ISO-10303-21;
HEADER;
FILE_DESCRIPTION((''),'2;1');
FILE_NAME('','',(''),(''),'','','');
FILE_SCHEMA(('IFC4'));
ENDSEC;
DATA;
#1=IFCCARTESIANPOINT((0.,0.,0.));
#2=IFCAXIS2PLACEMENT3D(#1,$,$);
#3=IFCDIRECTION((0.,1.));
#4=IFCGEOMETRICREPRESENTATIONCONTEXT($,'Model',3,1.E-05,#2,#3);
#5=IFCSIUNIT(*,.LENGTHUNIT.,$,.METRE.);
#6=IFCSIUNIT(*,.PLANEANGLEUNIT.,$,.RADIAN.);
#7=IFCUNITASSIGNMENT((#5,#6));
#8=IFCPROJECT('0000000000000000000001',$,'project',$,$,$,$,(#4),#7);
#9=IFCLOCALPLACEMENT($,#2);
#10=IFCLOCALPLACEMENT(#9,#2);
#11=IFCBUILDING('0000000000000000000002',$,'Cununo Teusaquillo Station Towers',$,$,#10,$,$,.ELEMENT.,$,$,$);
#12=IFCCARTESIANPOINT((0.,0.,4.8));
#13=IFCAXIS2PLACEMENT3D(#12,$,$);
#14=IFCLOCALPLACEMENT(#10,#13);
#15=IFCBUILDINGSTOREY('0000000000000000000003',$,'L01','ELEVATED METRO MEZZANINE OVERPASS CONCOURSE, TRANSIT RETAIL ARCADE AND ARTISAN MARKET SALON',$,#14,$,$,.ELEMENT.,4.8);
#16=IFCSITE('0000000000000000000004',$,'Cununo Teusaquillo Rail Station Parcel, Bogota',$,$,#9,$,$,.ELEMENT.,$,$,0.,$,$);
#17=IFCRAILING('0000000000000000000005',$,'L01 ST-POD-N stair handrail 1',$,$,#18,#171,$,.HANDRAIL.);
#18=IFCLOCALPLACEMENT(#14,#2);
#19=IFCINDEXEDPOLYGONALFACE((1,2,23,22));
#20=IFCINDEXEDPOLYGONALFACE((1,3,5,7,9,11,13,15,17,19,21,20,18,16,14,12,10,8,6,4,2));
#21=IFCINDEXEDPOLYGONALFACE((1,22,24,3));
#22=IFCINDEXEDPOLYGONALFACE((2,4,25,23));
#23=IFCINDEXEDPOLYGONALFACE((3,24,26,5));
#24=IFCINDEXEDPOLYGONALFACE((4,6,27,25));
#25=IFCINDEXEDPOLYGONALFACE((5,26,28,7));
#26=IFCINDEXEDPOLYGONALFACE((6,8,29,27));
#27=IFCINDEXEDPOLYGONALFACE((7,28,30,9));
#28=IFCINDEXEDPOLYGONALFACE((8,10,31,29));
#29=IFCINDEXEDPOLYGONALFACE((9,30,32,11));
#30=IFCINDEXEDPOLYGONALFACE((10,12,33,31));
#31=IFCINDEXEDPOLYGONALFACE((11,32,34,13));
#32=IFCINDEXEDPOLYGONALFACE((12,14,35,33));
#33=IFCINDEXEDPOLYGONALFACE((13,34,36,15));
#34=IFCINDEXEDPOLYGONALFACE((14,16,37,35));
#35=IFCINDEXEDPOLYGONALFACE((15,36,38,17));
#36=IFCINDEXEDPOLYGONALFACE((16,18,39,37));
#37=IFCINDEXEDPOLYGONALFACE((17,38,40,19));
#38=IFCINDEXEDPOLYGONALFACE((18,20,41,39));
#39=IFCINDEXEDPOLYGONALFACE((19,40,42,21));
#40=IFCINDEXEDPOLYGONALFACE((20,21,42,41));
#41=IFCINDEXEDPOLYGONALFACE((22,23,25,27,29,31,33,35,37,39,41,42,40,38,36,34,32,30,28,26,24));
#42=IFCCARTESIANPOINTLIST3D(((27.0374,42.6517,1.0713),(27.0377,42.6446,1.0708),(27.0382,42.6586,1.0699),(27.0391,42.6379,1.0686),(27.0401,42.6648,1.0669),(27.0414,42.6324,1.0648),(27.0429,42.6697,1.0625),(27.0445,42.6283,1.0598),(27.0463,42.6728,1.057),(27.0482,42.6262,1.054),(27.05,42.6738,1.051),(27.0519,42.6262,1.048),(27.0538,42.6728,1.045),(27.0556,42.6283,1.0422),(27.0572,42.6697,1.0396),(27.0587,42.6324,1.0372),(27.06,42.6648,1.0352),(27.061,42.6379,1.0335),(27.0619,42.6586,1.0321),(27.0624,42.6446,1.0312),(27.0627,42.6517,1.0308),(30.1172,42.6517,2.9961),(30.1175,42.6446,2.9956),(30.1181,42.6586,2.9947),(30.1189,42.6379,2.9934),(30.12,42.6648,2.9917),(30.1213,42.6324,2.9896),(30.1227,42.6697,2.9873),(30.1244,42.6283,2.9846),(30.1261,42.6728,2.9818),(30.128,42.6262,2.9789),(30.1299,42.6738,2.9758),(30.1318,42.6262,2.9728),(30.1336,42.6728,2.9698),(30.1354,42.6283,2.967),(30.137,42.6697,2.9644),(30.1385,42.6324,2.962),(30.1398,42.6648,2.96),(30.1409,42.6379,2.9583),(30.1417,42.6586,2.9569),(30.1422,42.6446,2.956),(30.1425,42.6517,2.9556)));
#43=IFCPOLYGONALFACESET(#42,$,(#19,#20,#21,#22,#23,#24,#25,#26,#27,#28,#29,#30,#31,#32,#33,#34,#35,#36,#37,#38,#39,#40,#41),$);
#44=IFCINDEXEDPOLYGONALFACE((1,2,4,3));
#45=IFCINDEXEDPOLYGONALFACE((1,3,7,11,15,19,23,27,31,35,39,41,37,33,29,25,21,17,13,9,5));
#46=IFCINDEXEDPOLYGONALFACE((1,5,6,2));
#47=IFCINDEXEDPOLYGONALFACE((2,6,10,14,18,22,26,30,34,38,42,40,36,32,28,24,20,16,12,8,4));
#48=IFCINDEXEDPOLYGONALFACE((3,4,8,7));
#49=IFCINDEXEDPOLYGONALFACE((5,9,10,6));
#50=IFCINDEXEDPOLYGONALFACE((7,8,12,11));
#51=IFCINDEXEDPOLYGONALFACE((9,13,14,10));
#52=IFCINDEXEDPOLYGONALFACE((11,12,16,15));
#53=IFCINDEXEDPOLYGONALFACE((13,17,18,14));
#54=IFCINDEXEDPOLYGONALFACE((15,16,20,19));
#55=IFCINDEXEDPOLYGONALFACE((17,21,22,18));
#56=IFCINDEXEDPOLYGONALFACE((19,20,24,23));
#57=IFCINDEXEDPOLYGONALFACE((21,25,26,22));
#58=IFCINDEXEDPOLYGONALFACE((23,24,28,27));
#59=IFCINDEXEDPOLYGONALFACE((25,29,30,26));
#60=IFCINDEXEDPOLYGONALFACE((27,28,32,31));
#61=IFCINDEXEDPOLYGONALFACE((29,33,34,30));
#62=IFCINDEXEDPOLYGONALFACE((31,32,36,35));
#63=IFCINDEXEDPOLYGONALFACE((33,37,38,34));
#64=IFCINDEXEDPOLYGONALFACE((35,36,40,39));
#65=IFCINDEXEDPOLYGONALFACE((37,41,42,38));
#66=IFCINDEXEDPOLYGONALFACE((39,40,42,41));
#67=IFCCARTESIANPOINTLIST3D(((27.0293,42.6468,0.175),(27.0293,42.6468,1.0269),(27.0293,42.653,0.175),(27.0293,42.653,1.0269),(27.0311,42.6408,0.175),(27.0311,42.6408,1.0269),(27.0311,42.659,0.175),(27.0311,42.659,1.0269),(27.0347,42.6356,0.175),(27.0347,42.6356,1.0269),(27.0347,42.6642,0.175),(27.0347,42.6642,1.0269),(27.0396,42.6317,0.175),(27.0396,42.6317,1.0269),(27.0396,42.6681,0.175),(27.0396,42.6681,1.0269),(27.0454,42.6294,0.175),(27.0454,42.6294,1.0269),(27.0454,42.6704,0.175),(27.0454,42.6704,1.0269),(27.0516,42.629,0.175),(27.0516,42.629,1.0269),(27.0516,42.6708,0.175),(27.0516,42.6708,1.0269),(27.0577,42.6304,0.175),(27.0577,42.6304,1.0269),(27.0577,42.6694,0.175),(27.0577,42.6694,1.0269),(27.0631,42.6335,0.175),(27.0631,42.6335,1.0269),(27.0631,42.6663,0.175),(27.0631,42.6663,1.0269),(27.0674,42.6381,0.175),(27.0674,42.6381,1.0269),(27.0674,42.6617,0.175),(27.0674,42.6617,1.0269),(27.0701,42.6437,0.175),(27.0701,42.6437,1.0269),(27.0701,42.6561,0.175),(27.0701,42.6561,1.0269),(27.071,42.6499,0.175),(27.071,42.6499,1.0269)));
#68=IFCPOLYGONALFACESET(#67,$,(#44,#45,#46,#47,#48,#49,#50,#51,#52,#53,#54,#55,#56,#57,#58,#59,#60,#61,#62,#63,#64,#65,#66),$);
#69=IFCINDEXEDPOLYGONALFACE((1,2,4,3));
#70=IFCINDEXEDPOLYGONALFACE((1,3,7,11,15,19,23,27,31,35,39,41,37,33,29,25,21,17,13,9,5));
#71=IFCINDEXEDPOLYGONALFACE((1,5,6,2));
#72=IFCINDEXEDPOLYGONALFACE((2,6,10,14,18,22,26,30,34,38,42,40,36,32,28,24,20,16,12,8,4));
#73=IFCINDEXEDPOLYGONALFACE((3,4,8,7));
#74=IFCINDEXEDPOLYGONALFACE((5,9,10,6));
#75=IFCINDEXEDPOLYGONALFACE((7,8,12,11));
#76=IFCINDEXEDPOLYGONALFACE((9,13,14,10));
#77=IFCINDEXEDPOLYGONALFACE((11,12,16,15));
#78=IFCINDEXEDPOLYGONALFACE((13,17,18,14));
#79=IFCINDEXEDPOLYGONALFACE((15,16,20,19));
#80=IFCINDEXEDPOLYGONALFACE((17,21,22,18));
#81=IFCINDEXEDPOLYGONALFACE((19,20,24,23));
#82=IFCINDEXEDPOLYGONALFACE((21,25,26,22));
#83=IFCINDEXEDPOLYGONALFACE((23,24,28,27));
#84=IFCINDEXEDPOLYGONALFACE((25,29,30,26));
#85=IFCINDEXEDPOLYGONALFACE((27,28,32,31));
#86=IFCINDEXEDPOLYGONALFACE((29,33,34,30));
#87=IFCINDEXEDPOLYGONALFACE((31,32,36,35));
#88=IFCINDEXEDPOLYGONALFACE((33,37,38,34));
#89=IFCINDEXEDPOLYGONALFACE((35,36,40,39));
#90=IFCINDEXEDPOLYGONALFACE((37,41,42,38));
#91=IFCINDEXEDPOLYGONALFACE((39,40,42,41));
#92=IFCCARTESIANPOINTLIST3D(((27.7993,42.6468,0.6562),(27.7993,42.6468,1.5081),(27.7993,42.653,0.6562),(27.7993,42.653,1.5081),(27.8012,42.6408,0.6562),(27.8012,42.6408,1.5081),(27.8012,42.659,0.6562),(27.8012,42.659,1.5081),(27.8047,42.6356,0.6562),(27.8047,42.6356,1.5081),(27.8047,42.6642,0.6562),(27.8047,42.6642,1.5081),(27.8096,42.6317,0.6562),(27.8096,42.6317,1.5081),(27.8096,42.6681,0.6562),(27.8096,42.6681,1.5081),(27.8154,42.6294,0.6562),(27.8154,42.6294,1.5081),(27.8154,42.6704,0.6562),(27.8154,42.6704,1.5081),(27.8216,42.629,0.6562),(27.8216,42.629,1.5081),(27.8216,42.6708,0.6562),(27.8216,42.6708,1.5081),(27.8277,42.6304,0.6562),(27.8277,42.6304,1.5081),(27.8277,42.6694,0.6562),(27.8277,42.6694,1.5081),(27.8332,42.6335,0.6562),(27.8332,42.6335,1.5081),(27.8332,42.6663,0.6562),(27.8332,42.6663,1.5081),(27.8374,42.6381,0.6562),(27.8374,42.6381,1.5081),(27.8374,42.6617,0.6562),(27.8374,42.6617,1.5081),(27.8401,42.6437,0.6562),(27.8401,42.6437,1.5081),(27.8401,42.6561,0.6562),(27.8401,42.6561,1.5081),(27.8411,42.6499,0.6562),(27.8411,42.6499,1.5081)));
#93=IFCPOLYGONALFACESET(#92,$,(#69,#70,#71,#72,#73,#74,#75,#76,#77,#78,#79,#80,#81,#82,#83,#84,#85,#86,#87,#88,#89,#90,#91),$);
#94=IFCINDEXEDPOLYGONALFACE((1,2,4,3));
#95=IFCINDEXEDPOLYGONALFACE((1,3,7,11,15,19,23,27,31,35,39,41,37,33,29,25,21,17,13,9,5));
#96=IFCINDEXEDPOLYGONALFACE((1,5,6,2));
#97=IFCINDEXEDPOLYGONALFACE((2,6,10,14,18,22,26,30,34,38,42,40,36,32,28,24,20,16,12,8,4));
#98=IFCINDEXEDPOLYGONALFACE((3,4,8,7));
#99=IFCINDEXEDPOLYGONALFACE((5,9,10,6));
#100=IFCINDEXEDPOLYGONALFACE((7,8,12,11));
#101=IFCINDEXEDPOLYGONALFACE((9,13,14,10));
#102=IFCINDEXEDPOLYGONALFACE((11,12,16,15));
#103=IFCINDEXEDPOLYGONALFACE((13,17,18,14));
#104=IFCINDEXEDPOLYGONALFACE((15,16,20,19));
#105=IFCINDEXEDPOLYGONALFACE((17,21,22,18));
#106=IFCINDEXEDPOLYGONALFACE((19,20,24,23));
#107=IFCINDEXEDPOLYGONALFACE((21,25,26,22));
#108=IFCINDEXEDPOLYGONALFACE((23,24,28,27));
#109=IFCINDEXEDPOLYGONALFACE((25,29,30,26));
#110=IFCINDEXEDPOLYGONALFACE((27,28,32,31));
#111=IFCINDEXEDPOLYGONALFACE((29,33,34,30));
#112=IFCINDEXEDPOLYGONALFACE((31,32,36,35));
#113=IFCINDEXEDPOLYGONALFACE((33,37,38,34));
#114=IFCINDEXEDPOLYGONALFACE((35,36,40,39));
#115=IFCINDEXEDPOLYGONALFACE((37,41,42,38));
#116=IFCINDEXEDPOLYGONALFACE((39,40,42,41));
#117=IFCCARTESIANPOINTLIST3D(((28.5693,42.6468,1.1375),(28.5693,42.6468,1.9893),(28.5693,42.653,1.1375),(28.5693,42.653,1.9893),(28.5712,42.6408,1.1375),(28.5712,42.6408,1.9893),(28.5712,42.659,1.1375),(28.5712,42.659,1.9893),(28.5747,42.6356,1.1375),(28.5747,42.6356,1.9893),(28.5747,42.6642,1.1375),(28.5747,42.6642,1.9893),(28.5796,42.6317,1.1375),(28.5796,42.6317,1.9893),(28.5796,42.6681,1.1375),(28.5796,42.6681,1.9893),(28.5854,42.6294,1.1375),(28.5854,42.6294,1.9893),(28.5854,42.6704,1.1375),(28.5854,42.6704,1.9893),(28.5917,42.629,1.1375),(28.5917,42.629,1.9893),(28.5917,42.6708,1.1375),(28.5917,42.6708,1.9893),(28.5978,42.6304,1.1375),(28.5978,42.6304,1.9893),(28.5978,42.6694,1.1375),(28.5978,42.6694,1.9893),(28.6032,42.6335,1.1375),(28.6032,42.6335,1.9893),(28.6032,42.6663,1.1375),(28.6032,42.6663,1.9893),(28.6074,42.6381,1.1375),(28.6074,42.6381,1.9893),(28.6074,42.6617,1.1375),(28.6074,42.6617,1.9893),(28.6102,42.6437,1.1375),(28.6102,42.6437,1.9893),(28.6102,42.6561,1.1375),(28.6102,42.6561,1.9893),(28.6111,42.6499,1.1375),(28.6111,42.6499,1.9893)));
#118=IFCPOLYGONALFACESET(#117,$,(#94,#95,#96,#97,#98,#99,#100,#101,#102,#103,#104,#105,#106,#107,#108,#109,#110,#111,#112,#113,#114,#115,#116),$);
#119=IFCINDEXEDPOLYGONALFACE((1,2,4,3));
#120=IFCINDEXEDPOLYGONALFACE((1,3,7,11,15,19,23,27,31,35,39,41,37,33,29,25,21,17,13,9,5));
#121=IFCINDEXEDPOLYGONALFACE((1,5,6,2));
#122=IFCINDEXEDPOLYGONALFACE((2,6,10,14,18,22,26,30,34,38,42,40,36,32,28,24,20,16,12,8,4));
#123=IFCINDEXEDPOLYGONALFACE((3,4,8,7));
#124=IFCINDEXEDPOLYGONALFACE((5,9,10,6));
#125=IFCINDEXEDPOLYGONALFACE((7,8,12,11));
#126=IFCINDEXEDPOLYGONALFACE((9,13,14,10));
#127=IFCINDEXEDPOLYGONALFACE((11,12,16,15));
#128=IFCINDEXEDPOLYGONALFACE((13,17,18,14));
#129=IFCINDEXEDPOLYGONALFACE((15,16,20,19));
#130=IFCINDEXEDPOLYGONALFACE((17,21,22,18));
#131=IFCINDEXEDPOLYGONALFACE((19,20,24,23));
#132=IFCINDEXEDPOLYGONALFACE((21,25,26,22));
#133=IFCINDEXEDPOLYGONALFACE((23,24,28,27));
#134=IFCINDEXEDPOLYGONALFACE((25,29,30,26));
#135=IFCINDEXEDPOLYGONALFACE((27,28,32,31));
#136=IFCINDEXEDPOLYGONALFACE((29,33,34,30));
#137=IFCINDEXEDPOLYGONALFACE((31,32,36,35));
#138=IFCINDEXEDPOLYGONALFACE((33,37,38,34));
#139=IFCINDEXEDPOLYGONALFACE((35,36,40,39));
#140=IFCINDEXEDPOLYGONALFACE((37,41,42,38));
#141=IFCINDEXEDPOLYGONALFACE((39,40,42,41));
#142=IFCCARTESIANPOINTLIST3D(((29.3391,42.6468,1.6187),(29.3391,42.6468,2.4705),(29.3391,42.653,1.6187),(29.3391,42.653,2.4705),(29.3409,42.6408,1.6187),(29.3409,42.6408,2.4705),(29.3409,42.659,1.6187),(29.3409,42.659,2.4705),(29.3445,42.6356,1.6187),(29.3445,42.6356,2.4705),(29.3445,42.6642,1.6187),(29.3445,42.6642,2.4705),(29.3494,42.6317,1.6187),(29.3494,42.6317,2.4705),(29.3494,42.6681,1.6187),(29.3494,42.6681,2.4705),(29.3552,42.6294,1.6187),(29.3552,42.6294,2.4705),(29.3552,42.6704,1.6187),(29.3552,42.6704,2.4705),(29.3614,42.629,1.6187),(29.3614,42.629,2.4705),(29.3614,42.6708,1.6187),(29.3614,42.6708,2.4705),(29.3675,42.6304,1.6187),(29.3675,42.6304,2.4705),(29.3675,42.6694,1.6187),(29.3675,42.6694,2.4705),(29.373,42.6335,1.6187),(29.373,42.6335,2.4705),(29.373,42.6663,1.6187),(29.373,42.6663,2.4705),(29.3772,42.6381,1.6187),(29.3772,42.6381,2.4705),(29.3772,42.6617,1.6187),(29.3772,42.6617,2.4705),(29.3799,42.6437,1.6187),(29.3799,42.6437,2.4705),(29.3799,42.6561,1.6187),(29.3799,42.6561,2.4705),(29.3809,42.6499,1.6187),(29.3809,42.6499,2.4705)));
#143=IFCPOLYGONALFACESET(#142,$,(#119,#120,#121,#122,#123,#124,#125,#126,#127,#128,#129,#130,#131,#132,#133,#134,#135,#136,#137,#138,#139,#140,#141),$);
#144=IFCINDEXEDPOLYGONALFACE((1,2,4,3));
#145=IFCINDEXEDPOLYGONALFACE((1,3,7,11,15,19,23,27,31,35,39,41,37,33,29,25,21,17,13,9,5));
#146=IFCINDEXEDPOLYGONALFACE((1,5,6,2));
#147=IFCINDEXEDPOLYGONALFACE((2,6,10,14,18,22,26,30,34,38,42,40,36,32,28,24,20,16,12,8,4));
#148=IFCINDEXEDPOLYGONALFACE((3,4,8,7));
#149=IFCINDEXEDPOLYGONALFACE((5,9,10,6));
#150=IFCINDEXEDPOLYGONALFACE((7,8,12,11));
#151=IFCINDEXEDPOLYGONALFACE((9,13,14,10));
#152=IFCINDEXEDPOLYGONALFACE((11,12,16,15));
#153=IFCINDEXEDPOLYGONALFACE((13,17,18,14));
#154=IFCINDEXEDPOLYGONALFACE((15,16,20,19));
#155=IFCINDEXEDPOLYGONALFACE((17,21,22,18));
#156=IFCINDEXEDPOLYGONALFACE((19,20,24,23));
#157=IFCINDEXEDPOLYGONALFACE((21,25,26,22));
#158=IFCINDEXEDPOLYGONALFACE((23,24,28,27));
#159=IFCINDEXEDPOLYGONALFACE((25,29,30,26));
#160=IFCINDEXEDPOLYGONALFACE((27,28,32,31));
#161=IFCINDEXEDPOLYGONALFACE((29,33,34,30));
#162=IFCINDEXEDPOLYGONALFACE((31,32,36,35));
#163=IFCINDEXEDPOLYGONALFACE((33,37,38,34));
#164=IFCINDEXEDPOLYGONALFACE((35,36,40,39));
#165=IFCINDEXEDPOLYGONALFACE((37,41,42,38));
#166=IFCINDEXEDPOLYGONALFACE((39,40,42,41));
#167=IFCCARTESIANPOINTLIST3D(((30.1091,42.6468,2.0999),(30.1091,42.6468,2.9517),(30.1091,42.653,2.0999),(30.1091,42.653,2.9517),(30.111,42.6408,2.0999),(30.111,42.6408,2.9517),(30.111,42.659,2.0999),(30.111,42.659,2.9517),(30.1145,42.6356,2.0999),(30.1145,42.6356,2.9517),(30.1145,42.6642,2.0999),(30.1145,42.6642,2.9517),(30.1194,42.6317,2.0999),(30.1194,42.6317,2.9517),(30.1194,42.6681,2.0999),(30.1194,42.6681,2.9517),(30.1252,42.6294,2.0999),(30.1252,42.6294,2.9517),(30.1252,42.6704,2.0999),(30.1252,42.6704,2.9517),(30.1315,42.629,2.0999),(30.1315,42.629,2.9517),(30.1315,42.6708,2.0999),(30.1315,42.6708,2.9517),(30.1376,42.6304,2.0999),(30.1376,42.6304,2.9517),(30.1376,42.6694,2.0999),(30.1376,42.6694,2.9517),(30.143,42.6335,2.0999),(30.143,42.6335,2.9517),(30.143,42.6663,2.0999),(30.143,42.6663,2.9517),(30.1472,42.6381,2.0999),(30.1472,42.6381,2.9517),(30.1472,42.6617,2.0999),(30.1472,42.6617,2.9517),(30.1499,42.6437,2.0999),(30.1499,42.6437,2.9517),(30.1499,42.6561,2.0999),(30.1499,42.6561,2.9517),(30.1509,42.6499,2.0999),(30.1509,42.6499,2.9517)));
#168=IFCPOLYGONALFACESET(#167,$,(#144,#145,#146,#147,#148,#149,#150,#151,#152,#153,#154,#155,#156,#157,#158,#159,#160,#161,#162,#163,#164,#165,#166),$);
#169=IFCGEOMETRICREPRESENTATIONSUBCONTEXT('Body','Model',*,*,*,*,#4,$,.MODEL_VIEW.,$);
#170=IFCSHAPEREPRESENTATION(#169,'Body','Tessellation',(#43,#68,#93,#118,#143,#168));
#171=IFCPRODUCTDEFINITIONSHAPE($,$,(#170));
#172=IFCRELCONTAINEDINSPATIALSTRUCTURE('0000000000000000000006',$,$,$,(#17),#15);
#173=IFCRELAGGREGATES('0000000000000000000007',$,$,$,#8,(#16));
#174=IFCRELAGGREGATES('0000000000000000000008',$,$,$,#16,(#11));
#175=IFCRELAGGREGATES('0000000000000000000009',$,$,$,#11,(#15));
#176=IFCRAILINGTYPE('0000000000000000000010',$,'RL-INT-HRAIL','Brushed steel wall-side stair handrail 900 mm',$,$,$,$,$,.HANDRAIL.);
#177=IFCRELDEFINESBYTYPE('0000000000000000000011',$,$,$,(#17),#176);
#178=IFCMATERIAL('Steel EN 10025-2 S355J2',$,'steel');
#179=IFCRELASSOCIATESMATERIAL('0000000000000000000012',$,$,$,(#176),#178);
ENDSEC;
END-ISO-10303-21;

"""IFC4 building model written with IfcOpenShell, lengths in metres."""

from ifc_helpers import new_model, si_unit, direction, frame, origin, origin_2d, place, context, subcontext, project, spatial, circle, extrude, material, type_object, element, save


model = new_model("IFC4")

# Units and contexts
model_context = context("Model", 3, precision=1e-05, world=origin(), true_north=direction((0.0, 1.0)))
body_context = subcontext(model_context, "Body", "Model", "MODEL_VIEW")
ifc_project = project(units=[si_unit("LENGTHUNIT", "METRE"), si_unit("PLANEANGLEUNIT", "RADIAN")], contexts=[model_context])

# Site, building, storey
site_placement = place(None, origin())
site = spatial("IfcSite", under=ifc_project, at=site_placement, Name="Cununo Teusaquillo Rail Station Parcel, Bogota", CompositionType="ELEMENT", RefElevation=0.0)
building_placement = place(site_placement, origin())
building = spatial("IfcBuilding", under=site, at=building_placement, Name="Cununo Teusaquillo Station Towers", CompositionType="ELEMENT")
storey_placement = place(building_placement, frame((0.0, 0.0, 4.8)))
storey = spatial("IfcBuildingStorey", under=building, at=storey_placement, Name="L01", Description="ELEVATED METRO MEZZANINE OVERPASS CONCOURSE, TRANSIT RETAIL ARCADE AND ARTISAN MARKET SALON", CompositionType="ELEMENT", Elevation=4.8)

# Railing
ifc_material_1 = material(Name="Steel EN 10025-2 S355J2", Category="steel")
railing_type_1 = type_object("IfcRailingType", Name="RL-INT-HRAIL", Description="Brushed steel wall-side stair handrail 900 mm", PredefinedType="HANDRAIL", material=ifc_material_1)
railing_1_placement = place(storey_placement, frame((27.05, 42.6499, 0.175)))
element("IfcRailing", 1, at=railing_1_placement, inside=storey, type_object=railing_type_1, Name="L01 ST-POD-N stair handrail 1", PredefinedType="HANDRAIL", context=body_context, shape_type="SweptSolid", body=[
    extrude(circle(Radius=0.0239, at=origin_2d()), frame((0.0, 0.0, 0.876), z_axis=(0.84801, 0.0, 0.529981), x_axis=(0.0, 1.0, 0.0)), (0.0, 0.0, 1.0), 3.6318),
    extrude(circle(Radius=0.021, at=origin_2d()), origin(), (0.0, 0.0, 1.0), 0.8518),
    extrude(circle(Radius=0.021, at=origin_2d()), frame((0.77, 0.0, 0.4812)), (0.0, 0.0, 1.0), 0.8518),
    extrude(circle(Radius=0.021, at=origin_2d()), frame((1.54, 0.0, 0.9624)), (0.0, 0.0, 1.0), 0.8518),
    extrude(circle(Radius=0.021, at=origin_2d()), frame((2.3098, 0.0, 1.4436)), (0.0, 0.0, 1.0), 0.8518),
    extrude(circle(Radius=0.021, at=origin_2d()), frame((3.0798, 0.0, 1.9248)), (0.0, 0.0, 1.0), 0.8518),
])

save(model, "model.ifc")
